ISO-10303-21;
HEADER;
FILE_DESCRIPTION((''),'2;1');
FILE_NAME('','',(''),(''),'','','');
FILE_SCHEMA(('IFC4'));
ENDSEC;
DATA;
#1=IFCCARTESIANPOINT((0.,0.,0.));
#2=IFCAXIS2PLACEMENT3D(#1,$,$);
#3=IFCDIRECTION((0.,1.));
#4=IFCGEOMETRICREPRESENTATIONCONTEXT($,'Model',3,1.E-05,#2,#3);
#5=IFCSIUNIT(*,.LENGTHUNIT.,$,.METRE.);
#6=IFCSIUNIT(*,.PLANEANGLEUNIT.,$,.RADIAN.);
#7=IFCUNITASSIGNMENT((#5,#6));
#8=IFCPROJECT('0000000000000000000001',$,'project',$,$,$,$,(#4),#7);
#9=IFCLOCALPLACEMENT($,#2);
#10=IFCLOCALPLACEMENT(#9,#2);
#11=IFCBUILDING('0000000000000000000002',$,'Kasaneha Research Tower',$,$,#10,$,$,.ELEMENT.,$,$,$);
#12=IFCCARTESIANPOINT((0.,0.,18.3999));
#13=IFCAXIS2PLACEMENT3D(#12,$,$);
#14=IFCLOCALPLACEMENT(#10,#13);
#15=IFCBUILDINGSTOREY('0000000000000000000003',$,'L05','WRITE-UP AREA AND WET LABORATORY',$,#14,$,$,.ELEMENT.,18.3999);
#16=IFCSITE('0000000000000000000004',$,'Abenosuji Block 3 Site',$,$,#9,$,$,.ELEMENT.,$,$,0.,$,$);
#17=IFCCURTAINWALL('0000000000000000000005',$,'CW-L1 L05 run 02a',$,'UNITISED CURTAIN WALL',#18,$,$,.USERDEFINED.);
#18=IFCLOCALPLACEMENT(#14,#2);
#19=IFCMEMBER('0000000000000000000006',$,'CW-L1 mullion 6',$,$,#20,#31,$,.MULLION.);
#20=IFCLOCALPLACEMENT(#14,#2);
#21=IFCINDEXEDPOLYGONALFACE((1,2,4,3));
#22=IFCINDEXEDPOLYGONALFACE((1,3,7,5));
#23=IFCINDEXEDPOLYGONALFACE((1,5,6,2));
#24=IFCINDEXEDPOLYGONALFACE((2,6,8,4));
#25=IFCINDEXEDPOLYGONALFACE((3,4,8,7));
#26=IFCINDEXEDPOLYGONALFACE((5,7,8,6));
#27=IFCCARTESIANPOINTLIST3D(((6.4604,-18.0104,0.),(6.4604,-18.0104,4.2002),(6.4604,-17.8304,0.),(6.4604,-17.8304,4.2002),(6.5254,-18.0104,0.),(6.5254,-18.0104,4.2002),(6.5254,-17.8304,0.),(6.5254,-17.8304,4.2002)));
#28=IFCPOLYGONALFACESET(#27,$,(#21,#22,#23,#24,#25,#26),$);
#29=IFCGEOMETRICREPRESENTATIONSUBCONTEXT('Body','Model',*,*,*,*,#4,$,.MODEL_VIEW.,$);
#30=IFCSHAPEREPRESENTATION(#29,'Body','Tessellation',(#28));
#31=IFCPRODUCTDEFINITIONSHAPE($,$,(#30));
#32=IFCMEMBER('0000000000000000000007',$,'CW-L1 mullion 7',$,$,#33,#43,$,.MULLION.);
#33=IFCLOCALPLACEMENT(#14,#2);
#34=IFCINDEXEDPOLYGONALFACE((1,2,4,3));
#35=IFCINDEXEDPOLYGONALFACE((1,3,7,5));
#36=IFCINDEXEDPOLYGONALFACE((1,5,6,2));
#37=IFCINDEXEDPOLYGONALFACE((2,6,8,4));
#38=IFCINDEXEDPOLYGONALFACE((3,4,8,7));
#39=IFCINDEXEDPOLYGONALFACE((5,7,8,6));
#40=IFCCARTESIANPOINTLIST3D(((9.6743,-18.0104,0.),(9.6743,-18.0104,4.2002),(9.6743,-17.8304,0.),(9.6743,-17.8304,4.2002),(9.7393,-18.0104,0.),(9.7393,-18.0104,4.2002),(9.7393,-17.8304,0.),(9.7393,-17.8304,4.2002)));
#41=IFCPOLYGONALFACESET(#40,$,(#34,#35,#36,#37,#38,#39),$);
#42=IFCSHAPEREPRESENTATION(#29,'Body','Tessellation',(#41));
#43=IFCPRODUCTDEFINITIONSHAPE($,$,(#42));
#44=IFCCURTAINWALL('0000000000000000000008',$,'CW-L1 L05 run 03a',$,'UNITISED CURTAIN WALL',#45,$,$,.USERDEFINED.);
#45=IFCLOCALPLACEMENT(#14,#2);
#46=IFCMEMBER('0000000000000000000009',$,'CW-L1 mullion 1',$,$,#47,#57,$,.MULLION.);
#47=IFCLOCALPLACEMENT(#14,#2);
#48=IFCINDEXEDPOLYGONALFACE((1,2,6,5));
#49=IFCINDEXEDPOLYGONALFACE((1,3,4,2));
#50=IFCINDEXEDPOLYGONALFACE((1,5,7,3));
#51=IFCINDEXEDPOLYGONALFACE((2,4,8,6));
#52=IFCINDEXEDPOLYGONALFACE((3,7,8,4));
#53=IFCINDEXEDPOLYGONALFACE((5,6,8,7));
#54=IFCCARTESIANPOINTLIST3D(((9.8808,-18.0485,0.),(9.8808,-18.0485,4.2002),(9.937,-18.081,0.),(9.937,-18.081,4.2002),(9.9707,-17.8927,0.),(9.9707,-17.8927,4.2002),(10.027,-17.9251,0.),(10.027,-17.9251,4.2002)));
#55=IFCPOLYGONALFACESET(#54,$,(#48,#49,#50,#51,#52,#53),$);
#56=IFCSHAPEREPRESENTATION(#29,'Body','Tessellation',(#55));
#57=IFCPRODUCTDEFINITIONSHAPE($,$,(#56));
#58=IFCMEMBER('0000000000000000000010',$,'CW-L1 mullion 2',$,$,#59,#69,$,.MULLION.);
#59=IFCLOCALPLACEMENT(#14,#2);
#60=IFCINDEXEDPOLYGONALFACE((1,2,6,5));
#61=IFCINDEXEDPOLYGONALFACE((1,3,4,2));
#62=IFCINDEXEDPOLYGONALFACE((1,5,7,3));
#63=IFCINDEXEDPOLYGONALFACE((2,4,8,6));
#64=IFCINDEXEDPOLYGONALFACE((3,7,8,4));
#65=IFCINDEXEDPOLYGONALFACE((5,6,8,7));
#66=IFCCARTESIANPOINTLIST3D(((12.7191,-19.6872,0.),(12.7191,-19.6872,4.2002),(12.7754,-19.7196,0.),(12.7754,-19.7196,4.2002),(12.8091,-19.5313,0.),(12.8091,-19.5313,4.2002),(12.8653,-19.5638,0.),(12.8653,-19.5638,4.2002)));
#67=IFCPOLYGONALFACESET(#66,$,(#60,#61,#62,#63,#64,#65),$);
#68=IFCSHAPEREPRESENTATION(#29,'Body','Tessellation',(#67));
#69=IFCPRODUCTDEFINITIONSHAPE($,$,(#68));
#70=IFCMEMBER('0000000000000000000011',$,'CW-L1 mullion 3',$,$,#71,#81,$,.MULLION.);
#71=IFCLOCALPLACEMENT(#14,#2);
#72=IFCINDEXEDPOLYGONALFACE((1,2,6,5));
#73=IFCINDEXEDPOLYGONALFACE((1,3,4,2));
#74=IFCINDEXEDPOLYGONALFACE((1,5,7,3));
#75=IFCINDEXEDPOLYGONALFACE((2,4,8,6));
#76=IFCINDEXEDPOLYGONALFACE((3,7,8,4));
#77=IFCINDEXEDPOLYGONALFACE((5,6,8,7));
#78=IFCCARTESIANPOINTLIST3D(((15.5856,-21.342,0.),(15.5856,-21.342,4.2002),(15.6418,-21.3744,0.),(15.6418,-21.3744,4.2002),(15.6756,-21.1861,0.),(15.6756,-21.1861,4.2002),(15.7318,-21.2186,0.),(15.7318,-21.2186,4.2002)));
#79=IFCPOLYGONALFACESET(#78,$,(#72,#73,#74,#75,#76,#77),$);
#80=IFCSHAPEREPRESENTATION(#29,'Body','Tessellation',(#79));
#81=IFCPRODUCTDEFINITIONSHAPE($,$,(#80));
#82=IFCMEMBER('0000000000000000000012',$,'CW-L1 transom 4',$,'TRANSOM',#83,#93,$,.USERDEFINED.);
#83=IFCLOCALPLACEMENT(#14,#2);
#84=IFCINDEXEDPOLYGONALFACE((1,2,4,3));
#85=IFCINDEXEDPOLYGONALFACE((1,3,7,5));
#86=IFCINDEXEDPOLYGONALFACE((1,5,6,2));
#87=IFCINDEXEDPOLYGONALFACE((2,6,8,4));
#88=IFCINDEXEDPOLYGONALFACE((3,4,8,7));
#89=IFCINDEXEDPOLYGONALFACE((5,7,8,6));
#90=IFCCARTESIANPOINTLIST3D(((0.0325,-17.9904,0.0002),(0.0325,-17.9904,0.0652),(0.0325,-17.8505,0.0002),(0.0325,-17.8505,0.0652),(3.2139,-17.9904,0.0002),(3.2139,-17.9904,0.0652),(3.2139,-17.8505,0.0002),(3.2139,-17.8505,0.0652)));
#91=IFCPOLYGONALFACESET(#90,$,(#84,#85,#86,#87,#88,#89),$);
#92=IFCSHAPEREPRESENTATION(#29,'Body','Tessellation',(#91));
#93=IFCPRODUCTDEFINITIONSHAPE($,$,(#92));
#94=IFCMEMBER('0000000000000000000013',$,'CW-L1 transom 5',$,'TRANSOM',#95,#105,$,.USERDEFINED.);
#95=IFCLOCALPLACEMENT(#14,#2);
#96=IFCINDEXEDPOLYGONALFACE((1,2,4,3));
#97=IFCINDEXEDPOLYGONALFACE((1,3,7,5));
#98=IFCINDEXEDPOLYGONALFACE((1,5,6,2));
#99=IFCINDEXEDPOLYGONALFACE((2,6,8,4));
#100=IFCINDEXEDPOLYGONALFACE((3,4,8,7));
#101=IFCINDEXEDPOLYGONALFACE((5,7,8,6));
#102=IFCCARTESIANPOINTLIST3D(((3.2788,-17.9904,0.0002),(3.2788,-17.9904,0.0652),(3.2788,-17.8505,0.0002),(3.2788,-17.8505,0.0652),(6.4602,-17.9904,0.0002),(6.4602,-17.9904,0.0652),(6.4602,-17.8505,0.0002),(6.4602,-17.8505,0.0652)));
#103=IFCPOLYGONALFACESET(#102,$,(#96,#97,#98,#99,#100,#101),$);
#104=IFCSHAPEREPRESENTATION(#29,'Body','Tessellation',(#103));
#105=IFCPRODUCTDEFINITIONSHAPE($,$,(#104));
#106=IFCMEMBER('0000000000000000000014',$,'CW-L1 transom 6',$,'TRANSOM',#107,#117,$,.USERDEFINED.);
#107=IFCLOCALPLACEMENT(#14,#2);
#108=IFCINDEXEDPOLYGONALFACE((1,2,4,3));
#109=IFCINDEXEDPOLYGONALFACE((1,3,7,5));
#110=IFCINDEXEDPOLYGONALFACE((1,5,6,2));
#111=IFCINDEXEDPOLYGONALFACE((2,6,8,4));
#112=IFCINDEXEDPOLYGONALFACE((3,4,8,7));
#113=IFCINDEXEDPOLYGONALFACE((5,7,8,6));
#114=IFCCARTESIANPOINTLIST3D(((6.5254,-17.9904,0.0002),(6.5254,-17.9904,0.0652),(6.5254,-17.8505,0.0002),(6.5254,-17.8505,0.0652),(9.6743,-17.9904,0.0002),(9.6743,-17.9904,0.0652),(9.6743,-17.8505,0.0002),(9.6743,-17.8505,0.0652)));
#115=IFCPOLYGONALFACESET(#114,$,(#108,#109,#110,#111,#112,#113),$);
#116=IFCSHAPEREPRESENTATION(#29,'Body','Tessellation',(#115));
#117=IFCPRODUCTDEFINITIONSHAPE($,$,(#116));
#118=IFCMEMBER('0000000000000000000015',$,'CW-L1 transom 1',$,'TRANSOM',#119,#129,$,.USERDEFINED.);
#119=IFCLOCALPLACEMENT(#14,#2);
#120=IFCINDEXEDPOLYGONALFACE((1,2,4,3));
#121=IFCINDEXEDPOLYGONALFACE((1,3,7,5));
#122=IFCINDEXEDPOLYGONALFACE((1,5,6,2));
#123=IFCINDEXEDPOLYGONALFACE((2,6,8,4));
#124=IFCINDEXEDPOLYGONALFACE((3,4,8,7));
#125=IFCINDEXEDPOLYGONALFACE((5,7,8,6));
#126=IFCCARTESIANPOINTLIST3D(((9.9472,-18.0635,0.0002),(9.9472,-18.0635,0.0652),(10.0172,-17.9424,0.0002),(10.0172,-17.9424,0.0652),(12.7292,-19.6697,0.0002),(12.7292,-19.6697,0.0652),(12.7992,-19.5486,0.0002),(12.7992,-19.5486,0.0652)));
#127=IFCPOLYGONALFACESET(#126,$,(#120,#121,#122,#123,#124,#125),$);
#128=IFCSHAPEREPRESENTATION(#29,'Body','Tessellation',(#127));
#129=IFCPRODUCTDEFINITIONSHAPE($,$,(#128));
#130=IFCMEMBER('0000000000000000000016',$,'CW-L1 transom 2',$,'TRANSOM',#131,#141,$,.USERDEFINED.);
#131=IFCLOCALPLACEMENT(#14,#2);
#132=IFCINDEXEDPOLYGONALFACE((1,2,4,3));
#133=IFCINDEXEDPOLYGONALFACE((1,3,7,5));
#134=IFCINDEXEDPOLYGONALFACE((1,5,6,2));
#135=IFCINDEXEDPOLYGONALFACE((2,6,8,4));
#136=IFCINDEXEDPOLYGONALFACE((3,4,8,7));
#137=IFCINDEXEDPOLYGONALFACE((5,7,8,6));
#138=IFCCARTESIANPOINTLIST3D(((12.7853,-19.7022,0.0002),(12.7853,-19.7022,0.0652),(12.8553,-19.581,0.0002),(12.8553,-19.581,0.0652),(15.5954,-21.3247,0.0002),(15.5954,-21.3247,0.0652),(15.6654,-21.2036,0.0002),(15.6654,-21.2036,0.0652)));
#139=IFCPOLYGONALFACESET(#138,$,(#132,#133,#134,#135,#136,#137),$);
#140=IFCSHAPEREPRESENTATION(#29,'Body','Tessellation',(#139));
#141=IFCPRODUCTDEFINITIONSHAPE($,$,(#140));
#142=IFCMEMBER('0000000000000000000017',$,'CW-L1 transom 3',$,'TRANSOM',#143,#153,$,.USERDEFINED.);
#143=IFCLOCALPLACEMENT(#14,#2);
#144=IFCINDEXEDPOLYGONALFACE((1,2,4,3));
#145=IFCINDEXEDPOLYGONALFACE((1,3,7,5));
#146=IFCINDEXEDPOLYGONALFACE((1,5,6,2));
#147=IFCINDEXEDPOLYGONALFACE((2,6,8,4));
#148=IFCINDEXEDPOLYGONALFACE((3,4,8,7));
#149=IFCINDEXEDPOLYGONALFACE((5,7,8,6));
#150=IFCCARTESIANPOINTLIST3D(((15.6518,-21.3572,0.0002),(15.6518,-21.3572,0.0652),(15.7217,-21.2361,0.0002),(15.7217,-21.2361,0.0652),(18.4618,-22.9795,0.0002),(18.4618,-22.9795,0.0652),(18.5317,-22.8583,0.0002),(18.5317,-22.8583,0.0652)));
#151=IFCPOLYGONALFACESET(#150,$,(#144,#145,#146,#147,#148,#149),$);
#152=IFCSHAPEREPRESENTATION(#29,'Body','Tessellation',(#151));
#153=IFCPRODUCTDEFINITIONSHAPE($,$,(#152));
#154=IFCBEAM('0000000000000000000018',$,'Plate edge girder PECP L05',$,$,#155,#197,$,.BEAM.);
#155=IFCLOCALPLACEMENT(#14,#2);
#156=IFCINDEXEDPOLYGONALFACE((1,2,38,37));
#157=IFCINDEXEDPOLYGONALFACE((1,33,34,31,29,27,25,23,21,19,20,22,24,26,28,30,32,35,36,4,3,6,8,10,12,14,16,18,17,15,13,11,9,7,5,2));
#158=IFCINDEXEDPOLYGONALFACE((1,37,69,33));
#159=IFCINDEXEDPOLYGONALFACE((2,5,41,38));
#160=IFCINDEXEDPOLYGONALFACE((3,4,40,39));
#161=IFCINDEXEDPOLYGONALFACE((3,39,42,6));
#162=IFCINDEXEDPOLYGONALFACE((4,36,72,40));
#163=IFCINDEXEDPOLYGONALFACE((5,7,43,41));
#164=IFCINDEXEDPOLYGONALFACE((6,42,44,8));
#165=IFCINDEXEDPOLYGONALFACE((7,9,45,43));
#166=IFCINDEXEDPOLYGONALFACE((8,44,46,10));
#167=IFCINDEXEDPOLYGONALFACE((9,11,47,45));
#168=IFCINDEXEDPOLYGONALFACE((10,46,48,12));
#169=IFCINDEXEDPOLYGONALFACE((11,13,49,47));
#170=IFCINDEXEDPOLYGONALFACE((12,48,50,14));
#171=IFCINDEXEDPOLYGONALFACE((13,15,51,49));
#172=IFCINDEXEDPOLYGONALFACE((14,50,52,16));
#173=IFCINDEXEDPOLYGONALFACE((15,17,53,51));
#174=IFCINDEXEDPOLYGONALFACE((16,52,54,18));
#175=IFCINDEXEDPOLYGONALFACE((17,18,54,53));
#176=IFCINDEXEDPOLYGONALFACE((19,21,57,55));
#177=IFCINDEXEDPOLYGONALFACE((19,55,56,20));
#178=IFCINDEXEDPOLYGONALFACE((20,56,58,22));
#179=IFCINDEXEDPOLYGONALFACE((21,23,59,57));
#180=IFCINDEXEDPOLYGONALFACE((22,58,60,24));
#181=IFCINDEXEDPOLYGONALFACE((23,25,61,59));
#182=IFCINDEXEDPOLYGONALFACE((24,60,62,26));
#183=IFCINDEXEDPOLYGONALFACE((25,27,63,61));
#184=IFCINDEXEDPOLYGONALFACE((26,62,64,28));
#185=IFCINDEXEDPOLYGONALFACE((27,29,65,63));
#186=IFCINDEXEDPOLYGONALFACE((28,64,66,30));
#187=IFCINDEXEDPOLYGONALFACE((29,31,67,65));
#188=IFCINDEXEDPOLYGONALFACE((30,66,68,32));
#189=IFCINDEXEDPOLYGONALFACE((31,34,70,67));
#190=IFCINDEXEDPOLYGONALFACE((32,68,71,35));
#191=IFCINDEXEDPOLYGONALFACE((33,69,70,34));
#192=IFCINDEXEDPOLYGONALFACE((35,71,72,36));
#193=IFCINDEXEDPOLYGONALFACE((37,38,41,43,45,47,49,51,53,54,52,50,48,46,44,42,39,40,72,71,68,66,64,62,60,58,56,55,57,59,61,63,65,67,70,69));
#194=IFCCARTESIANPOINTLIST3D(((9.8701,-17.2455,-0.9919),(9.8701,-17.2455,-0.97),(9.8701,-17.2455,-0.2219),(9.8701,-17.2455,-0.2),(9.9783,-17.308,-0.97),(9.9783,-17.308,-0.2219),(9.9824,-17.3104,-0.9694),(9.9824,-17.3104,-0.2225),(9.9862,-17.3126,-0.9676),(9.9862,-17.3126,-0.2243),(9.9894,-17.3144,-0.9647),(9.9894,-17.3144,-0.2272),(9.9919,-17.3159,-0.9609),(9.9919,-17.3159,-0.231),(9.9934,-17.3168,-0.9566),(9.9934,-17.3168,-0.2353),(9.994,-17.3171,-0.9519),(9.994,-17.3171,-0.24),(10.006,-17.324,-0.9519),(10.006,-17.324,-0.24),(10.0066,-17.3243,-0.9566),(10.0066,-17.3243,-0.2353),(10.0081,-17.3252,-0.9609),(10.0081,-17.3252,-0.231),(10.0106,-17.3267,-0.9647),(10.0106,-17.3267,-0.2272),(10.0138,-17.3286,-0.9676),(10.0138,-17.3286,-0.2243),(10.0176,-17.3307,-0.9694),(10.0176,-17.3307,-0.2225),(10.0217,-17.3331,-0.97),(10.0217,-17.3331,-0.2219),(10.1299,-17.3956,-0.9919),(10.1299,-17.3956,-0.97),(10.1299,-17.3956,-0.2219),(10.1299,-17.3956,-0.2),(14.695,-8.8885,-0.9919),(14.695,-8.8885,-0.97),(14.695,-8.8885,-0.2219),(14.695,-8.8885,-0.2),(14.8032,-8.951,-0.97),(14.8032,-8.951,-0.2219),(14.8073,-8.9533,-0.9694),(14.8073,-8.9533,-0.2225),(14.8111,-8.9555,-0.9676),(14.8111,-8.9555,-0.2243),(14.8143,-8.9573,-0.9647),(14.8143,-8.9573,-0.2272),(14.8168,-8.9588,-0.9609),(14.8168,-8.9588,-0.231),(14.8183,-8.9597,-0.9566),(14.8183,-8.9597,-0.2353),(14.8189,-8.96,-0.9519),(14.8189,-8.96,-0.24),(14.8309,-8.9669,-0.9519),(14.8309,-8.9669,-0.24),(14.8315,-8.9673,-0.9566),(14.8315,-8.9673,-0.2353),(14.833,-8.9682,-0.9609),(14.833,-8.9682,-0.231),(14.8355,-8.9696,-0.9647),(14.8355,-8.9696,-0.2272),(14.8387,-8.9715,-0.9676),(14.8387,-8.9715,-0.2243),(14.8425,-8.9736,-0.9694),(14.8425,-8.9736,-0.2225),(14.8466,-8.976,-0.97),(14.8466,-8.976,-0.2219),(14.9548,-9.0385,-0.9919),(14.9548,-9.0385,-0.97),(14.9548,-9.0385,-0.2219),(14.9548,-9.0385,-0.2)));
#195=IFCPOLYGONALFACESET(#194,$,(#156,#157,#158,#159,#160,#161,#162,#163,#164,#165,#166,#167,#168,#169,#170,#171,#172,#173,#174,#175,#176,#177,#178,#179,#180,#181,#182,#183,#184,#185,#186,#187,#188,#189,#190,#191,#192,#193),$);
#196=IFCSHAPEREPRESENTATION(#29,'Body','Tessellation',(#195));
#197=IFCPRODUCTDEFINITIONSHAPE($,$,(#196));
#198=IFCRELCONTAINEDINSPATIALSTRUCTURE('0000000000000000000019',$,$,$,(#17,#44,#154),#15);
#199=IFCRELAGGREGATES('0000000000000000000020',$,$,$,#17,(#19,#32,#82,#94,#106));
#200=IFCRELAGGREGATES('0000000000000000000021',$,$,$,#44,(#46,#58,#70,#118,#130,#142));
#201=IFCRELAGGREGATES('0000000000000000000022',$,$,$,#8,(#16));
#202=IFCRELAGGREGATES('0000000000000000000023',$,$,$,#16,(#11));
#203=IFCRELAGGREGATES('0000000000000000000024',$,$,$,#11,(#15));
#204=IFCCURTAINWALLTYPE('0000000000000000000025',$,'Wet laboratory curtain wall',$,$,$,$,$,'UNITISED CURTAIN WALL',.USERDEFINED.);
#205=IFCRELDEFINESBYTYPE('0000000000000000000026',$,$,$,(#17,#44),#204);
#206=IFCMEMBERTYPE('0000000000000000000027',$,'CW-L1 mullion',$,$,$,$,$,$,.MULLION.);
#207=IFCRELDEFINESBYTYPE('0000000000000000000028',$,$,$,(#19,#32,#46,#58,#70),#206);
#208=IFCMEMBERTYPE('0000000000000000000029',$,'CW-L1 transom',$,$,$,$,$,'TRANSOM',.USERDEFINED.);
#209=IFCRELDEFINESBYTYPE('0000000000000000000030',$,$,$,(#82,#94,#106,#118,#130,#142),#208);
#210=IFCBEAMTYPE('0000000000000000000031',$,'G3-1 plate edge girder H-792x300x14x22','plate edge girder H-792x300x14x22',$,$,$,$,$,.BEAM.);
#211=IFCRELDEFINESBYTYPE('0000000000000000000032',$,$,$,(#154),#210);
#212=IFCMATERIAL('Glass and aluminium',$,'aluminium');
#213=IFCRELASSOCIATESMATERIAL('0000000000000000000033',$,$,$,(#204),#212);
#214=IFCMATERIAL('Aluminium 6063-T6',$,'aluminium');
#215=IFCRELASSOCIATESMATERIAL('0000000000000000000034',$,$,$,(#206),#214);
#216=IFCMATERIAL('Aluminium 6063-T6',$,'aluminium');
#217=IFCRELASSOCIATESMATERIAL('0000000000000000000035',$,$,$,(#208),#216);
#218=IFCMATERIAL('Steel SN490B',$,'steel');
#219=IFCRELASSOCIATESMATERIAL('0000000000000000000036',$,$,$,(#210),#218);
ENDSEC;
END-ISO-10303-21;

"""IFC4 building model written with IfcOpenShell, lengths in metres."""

from ifc_helpers import new_model, si_unit, direction, frame, origin, origin_2d, place, context, subcontext, project, spatial, rectangle, i_section, extrude, material, material_profile, profile_set, type_object, element, aggregate, save


model = new_model("IFC4")

# Units and contexts
model_context = context("Model", 3, precision=1e-05, world=origin(), true_north=direction((0.0, 1.0)))
body_context = subcontext(model_context, "Body", "Model", "MODEL_VIEW")
ifc_project = project(units=[si_unit("LENGTHUNIT", "METRE"), si_unit("PLANEANGLEUNIT", "RADIAN")], contexts=[model_context])

# Site, building, storey
site_placement = place(None, origin())
site = spatial("IfcSite", under=ifc_project, at=site_placement, Name="Abenosuji Block 3 Site", CompositionType="ELEMENT", RefElevation=0.0)
building_placement = place(site_placement, origin())
building = spatial("IfcBuilding", under=site, at=building_placement, Name="Kasaneha Research Tower", CompositionType="ELEMENT")
storey_placement = place(building_placement, frame((0.0, 0.0, 18.3999)))
storey = spatial("IfcBuildingStorey", under=building, at=storey_placement, Name="L05", Description="WRITE-UP AREA AND WET LABORATORY", CompositionType="ELEMENT", Elevation=18.3999)

# Curtain walls, members
ifc_material_1 = material(Name="Glass and aluminium", Category="aluminium")
curtain_wall_type = type_object("IfcCurtainWallType", Name="Wet laboratory curtain wall", ElementType="UNITISED CURTAIN WALL", PredefinedType="USERDEFINED", material=ifc_material_1)
curtain_wall_1_placement = place(storey_placement, origin())
curtain_wall_1 = element("IfcCurtainWall", 1, at=curtain_wall_1_placement, inside=storey, type_object=curtain_wall_type, Name="CW-L1 L05 run 02a", ObjectType="UNITISED CURTAIN WALL", PredefinedType="USERDEFINED")
ifc_material_2 = material(Name="Aluminium 6063-T6", Category="aluminium")
ifc_material_profile_1 = material_profile(ifc_material_2, rectangle(XDim=0.0649, YDim=0.1799, at=origin_2d()), Name="CW-L1 mullion 65x180")
ifc_profile_set_1 = profile_set([ifc_material_profile_1], Name="Aluminium 6063-T6")
member_type_1 = type_object("IfcMemberType", Name="CW-L1 mullion", PredefinedType="MULLION", material=ifc_profile_set_1)
member_1_placement = place(storey_placement, frame((6.4929, -17.9204, 0.0), z_axis=(0.0, 0.0, 1.0), x_axis=(1.0, 0.0, 0.0)))
member_1 = element("IfcMember", 2, at=member_1_placement, type_object=member_type_1, Name="CW-L1 mullion 6", PredefinedType="MULLION", context=body_context, shape_type="SweptSolid", body=[
    extrude(rectangle(XDim=0.0649, YDim=0.1799, at=origin_2d()), origin(), (0.0, 0.0, 1.0), 4.2002),
])
member_2_placement = place(storey_placement, frame((9.7068, -17.9204, 0.0), z_axis=(0.0, 0.0, 1.0), x_axis=(1.0, 0.0, 0.0)))
member_2 = element("IfcMember", 3, at=member_2_placement, type_object=member_type_1, Name="CW-L1 mullion 7", PredefinedType="MULLION", context=body_context, shape_type="SweptSolid", body=[
    extrude(rectangle(XDim=0.0649, YDim=0.1799, at=origin_2d()), origin(), (0.0, 0.0, 1.0), 4.2002),
])
curtain_wall_2_placement = place(storey_placement, origin())
curtain_wall_2 = element("IfcCurtainWall", 4, at=curtain_wall_2_placement, inside=storey, type_object=curtain_wall_type, Name="CW-L1 L05 run 03a", ObjectType="UNITISED CURTAIN WALL", PredefinedType="USERDEFINED")
member_3_placement = place(storey_placement, frame((9.9539, -17.9868, 0.0), z_axis=(0.0, 0.0, 1.0), x_axis=(0.866025, -0.5, 0.0)))
member_3 = element("IfcMember", 5, at=member_3_placement, type_object=member_type_1, Name="CW-L1 mullion 1", PredefinedType="MULLION", context=body_context, shape_type="SweptSolid", body=[
    extrude(rectangle(XDim=0.0649, YDim=0.1799, at=origin_2d()), origin(), (0.0, 0.0, 1.0), 4.2002),
])
member_4_placement = place(storey_placement, frame((12.7922, -19.6255, 0.0), z_axis=(0.0, 0.0, 1.0), x_axis=(0.866025, -0.5, 0.0)))
member_4 = element("IfcMember", 6, at=member_4_placement, type_object=member_type_1, Name="CW-L1 mullion 2", PredefinedType="MULLION", context=body_context, shape_type="SweptSolid", body=[
    extrude(rectangle(XDim=0.0649, YDim=0.1799, at=origin_2d()), origin(), (0.0, 0.0, 1.0), 4.2002),
])
member_5_placement = place(storey_placement, frame((15.6587, -21.2803, 0.0), z_axis=(0.0, 0.0, 1.0), x_axis=(0.866025, -0.5, 0.0)))
member_5 = element("IfcMember", 7, at=member_5_placement, type_object=member_type_1, Name="CW-L1 mullion 3", PredefinedType="MULLION", context=body_context, shape_type="SweptSolid", body=[
    extrude(rectangle(XDim=0.0649, YDim=0.1799, at=origin_2d()), origin(), (0.0, 0.0, 1.0), 4.2002),
])

# Members
ifc_material_3 = material(Name="Aluminium 6063-T6", Category="aluminium")
ifc_material_profile_2 = material_profile(ifc_material_3, rectangle(XDim=0.1399, YDim=0.0649, at=origin_2d()), Name="CW-L1 transom 140x65")
ifc_profile_set_2 = profile_set([ifc_material_profile_2], Name="Aluminium 6063-T6")
member_type_2 = type_object("IfcMemberType", Name="CW-L1 transom", ElementType="TRANSOM", PredefinedType="USERDEFINED", material=ifc_profile_set_2)
member_6_placement = place(storey_placement, frame((0.0325, -17.9204, 0.0327), z_axis=(1.0, 0.0, 0.0), x_axis=(0.0, 1.0, 0.0)))
member_6 = element("IfcMember", 8, at=member_6_placement, type_object=member_type_2, Name="CW-L1 transom 4", ObjectType="TRANSOM", PredefinedType="USERDEFINED", context=body_context, shape_type="SweptSolid", body=[
    extrude(rectangle(XDim=0.1399, YDim=0.0649, at=origin_2d()), origin(), (0.0, 0.0, 1.0), 3.1814),
])
member_7_placement = place(storey_placement, frame((3.2788, -17.9204, 0.0327), z_axis=(1.0, 0.0, 0.0), x_axis=(0.0, 1.0, 0.0)))
member_7 = element("IfcMember", 9, at=member_7_placement, type_object=member_type_2, Name="CW-L1 transom 5", ObjectType="TRANSOM", PredefinedType="USERDEFINED", context=body_context, shape_type="SweptSolid", body=[
    extrude(rectangle(XDim=0.1399, YDim=0.0649, at=origin_2d()), origin(), (0.0, 0.0, 1.0), 3.1814),
])
member_8_placement = place(storey_placement, frame((6.5254, -17.9204, 0.0327), z_axis=(1.0, 0.0, 0.0), x_axis=(0.0, 1.0, 0.0)))
member_8 = element("IfcMember", 10, at=member_8_placement, type_object=member_type_2, Name="CW-L1 transom 6", ObjectType="TRANSOM", PredefinedType="USERDEFINED", context=body_context, shape_type="SweptSolid", body=[
    extrude(rectangle(XDim=0.1399, YDim=0.0649, at=origin_2d()), origin(), (0.0, 0.0, 1.0), 3.1489),
])
member_9_placement = place(storey_placement, frame((9.9822, -18.0029, 0.0327), z_axis=(0.866022, -0.500005, 0.0), x_axis=(0.500005, 0.866022, 0.0)))
member_9 = element("IfcMember", 11, at=member_9_placement, type_object=member_type_2, Name="CW-L1 transom 1", ObjectType="TRANSOM", PredefinedType="USERDEFINED", context=body_context, shape_type="SweptSolid", body=[
    extrude(rectangle(XDim=0.1399, YDim=0.0649, at=origin_2d()), origin(), (0.0, 0.0, 1.0), 3.2124),
])
member_10_placement = place(storey_placement, frame((12.8203, -19.6416, 0.0327), z_axis=(0.866003, -0.500039, 0.0), x_axis=(0.500039, 0.866003, 0.0)))
member_10 = element("IfcMember", 12, at=member_10_placement, type_object=member_type_2, Name="CW-L1 transom 2", ObjectType="TRANSOM", PredefinedType="USERDEFINED", context=body_context, shape_type="SweptSolid", body=[
    extrude(rectangle(XDim=0.1399, YDim=0.0649, at=origin_2d()), origin(), (0.0, 0.0, 1.0), 3.2449),
])
member_11_placement = place(storey_placement, frame((15.6868, -21.2966, 0.0327), z_axis=(0.866035, -0.499983, 0.0), x_axis=(0.499983, 0.866035, 0.0)))
member_11 = element("IfcMember", 13, at=member_11_placement, type_object=member_type_2, Name="CW-L1 transom 3", ObjectType="TRANSOM", PredefinedType="USERDEFINED", context=body_context, shape_type="SweptSolid", body=[
    extrude(rectangle(XDim=0.1399, YDim=0.0649, at=origin_2d()), origin(), (0.0, 0.0, 1.0), 3.2446),
])

# Beam
ifc_material_4 = material(Name="Steel SN490B", Category="steel")
ifc_material_profile_3 = material_profile(ifc_material_4, i_section(OverallWidth=0.3, OverallDepth=0.792, WebThickness=0.0139, FlangeThickness=0.022, FilletRadius=0.0181, at=origin_2d()), Name="H-792x300x14x22")
ifc_profile_set_3 = profile_set([ifc_material_profile_3], Name="Steel SN490B")
beam_type_1 = type_object("IfcBeamType", Name="G3-1 plate edge girder H-792x300x14x22", Description="plate edge girder H-792x300x14x22", PredefinedType="BEAM", material=ifc_profile_set_3)
beam_1_placement = place(storey_placement, frame((10.0, -17.3206, -0.5959), z_axis=(0.499995, 0.866028, 0.0), x_axis=(-0.866028, 0.499995, 0.0)))
element("IfcBeam", 14, at=beam_1_placement, inside=storey, type_object=beam_type_1, Name="Plate edge girder PECP L05", PredefinedType="BEAM", context=body_context, shape_type="SweptSolid", body=[
    extrude(i_section(OverallWidth=0.3, OverallDepth=0.792, WebThickness=0.0139, FlangeThickness=0.022, FilletRadius=0.0181, at=origin_2d()), origin(), (0.0, 0.0, 1.0), 9.6499),
])

aggregate(curtain_wall_1, [member_1, member_2, member_6, member_7, member_8])
aggregate(curtain_wall_2, [member_3, member_4, member_5, member_9, member_10, member_11])

save(model, "model.ifc")
